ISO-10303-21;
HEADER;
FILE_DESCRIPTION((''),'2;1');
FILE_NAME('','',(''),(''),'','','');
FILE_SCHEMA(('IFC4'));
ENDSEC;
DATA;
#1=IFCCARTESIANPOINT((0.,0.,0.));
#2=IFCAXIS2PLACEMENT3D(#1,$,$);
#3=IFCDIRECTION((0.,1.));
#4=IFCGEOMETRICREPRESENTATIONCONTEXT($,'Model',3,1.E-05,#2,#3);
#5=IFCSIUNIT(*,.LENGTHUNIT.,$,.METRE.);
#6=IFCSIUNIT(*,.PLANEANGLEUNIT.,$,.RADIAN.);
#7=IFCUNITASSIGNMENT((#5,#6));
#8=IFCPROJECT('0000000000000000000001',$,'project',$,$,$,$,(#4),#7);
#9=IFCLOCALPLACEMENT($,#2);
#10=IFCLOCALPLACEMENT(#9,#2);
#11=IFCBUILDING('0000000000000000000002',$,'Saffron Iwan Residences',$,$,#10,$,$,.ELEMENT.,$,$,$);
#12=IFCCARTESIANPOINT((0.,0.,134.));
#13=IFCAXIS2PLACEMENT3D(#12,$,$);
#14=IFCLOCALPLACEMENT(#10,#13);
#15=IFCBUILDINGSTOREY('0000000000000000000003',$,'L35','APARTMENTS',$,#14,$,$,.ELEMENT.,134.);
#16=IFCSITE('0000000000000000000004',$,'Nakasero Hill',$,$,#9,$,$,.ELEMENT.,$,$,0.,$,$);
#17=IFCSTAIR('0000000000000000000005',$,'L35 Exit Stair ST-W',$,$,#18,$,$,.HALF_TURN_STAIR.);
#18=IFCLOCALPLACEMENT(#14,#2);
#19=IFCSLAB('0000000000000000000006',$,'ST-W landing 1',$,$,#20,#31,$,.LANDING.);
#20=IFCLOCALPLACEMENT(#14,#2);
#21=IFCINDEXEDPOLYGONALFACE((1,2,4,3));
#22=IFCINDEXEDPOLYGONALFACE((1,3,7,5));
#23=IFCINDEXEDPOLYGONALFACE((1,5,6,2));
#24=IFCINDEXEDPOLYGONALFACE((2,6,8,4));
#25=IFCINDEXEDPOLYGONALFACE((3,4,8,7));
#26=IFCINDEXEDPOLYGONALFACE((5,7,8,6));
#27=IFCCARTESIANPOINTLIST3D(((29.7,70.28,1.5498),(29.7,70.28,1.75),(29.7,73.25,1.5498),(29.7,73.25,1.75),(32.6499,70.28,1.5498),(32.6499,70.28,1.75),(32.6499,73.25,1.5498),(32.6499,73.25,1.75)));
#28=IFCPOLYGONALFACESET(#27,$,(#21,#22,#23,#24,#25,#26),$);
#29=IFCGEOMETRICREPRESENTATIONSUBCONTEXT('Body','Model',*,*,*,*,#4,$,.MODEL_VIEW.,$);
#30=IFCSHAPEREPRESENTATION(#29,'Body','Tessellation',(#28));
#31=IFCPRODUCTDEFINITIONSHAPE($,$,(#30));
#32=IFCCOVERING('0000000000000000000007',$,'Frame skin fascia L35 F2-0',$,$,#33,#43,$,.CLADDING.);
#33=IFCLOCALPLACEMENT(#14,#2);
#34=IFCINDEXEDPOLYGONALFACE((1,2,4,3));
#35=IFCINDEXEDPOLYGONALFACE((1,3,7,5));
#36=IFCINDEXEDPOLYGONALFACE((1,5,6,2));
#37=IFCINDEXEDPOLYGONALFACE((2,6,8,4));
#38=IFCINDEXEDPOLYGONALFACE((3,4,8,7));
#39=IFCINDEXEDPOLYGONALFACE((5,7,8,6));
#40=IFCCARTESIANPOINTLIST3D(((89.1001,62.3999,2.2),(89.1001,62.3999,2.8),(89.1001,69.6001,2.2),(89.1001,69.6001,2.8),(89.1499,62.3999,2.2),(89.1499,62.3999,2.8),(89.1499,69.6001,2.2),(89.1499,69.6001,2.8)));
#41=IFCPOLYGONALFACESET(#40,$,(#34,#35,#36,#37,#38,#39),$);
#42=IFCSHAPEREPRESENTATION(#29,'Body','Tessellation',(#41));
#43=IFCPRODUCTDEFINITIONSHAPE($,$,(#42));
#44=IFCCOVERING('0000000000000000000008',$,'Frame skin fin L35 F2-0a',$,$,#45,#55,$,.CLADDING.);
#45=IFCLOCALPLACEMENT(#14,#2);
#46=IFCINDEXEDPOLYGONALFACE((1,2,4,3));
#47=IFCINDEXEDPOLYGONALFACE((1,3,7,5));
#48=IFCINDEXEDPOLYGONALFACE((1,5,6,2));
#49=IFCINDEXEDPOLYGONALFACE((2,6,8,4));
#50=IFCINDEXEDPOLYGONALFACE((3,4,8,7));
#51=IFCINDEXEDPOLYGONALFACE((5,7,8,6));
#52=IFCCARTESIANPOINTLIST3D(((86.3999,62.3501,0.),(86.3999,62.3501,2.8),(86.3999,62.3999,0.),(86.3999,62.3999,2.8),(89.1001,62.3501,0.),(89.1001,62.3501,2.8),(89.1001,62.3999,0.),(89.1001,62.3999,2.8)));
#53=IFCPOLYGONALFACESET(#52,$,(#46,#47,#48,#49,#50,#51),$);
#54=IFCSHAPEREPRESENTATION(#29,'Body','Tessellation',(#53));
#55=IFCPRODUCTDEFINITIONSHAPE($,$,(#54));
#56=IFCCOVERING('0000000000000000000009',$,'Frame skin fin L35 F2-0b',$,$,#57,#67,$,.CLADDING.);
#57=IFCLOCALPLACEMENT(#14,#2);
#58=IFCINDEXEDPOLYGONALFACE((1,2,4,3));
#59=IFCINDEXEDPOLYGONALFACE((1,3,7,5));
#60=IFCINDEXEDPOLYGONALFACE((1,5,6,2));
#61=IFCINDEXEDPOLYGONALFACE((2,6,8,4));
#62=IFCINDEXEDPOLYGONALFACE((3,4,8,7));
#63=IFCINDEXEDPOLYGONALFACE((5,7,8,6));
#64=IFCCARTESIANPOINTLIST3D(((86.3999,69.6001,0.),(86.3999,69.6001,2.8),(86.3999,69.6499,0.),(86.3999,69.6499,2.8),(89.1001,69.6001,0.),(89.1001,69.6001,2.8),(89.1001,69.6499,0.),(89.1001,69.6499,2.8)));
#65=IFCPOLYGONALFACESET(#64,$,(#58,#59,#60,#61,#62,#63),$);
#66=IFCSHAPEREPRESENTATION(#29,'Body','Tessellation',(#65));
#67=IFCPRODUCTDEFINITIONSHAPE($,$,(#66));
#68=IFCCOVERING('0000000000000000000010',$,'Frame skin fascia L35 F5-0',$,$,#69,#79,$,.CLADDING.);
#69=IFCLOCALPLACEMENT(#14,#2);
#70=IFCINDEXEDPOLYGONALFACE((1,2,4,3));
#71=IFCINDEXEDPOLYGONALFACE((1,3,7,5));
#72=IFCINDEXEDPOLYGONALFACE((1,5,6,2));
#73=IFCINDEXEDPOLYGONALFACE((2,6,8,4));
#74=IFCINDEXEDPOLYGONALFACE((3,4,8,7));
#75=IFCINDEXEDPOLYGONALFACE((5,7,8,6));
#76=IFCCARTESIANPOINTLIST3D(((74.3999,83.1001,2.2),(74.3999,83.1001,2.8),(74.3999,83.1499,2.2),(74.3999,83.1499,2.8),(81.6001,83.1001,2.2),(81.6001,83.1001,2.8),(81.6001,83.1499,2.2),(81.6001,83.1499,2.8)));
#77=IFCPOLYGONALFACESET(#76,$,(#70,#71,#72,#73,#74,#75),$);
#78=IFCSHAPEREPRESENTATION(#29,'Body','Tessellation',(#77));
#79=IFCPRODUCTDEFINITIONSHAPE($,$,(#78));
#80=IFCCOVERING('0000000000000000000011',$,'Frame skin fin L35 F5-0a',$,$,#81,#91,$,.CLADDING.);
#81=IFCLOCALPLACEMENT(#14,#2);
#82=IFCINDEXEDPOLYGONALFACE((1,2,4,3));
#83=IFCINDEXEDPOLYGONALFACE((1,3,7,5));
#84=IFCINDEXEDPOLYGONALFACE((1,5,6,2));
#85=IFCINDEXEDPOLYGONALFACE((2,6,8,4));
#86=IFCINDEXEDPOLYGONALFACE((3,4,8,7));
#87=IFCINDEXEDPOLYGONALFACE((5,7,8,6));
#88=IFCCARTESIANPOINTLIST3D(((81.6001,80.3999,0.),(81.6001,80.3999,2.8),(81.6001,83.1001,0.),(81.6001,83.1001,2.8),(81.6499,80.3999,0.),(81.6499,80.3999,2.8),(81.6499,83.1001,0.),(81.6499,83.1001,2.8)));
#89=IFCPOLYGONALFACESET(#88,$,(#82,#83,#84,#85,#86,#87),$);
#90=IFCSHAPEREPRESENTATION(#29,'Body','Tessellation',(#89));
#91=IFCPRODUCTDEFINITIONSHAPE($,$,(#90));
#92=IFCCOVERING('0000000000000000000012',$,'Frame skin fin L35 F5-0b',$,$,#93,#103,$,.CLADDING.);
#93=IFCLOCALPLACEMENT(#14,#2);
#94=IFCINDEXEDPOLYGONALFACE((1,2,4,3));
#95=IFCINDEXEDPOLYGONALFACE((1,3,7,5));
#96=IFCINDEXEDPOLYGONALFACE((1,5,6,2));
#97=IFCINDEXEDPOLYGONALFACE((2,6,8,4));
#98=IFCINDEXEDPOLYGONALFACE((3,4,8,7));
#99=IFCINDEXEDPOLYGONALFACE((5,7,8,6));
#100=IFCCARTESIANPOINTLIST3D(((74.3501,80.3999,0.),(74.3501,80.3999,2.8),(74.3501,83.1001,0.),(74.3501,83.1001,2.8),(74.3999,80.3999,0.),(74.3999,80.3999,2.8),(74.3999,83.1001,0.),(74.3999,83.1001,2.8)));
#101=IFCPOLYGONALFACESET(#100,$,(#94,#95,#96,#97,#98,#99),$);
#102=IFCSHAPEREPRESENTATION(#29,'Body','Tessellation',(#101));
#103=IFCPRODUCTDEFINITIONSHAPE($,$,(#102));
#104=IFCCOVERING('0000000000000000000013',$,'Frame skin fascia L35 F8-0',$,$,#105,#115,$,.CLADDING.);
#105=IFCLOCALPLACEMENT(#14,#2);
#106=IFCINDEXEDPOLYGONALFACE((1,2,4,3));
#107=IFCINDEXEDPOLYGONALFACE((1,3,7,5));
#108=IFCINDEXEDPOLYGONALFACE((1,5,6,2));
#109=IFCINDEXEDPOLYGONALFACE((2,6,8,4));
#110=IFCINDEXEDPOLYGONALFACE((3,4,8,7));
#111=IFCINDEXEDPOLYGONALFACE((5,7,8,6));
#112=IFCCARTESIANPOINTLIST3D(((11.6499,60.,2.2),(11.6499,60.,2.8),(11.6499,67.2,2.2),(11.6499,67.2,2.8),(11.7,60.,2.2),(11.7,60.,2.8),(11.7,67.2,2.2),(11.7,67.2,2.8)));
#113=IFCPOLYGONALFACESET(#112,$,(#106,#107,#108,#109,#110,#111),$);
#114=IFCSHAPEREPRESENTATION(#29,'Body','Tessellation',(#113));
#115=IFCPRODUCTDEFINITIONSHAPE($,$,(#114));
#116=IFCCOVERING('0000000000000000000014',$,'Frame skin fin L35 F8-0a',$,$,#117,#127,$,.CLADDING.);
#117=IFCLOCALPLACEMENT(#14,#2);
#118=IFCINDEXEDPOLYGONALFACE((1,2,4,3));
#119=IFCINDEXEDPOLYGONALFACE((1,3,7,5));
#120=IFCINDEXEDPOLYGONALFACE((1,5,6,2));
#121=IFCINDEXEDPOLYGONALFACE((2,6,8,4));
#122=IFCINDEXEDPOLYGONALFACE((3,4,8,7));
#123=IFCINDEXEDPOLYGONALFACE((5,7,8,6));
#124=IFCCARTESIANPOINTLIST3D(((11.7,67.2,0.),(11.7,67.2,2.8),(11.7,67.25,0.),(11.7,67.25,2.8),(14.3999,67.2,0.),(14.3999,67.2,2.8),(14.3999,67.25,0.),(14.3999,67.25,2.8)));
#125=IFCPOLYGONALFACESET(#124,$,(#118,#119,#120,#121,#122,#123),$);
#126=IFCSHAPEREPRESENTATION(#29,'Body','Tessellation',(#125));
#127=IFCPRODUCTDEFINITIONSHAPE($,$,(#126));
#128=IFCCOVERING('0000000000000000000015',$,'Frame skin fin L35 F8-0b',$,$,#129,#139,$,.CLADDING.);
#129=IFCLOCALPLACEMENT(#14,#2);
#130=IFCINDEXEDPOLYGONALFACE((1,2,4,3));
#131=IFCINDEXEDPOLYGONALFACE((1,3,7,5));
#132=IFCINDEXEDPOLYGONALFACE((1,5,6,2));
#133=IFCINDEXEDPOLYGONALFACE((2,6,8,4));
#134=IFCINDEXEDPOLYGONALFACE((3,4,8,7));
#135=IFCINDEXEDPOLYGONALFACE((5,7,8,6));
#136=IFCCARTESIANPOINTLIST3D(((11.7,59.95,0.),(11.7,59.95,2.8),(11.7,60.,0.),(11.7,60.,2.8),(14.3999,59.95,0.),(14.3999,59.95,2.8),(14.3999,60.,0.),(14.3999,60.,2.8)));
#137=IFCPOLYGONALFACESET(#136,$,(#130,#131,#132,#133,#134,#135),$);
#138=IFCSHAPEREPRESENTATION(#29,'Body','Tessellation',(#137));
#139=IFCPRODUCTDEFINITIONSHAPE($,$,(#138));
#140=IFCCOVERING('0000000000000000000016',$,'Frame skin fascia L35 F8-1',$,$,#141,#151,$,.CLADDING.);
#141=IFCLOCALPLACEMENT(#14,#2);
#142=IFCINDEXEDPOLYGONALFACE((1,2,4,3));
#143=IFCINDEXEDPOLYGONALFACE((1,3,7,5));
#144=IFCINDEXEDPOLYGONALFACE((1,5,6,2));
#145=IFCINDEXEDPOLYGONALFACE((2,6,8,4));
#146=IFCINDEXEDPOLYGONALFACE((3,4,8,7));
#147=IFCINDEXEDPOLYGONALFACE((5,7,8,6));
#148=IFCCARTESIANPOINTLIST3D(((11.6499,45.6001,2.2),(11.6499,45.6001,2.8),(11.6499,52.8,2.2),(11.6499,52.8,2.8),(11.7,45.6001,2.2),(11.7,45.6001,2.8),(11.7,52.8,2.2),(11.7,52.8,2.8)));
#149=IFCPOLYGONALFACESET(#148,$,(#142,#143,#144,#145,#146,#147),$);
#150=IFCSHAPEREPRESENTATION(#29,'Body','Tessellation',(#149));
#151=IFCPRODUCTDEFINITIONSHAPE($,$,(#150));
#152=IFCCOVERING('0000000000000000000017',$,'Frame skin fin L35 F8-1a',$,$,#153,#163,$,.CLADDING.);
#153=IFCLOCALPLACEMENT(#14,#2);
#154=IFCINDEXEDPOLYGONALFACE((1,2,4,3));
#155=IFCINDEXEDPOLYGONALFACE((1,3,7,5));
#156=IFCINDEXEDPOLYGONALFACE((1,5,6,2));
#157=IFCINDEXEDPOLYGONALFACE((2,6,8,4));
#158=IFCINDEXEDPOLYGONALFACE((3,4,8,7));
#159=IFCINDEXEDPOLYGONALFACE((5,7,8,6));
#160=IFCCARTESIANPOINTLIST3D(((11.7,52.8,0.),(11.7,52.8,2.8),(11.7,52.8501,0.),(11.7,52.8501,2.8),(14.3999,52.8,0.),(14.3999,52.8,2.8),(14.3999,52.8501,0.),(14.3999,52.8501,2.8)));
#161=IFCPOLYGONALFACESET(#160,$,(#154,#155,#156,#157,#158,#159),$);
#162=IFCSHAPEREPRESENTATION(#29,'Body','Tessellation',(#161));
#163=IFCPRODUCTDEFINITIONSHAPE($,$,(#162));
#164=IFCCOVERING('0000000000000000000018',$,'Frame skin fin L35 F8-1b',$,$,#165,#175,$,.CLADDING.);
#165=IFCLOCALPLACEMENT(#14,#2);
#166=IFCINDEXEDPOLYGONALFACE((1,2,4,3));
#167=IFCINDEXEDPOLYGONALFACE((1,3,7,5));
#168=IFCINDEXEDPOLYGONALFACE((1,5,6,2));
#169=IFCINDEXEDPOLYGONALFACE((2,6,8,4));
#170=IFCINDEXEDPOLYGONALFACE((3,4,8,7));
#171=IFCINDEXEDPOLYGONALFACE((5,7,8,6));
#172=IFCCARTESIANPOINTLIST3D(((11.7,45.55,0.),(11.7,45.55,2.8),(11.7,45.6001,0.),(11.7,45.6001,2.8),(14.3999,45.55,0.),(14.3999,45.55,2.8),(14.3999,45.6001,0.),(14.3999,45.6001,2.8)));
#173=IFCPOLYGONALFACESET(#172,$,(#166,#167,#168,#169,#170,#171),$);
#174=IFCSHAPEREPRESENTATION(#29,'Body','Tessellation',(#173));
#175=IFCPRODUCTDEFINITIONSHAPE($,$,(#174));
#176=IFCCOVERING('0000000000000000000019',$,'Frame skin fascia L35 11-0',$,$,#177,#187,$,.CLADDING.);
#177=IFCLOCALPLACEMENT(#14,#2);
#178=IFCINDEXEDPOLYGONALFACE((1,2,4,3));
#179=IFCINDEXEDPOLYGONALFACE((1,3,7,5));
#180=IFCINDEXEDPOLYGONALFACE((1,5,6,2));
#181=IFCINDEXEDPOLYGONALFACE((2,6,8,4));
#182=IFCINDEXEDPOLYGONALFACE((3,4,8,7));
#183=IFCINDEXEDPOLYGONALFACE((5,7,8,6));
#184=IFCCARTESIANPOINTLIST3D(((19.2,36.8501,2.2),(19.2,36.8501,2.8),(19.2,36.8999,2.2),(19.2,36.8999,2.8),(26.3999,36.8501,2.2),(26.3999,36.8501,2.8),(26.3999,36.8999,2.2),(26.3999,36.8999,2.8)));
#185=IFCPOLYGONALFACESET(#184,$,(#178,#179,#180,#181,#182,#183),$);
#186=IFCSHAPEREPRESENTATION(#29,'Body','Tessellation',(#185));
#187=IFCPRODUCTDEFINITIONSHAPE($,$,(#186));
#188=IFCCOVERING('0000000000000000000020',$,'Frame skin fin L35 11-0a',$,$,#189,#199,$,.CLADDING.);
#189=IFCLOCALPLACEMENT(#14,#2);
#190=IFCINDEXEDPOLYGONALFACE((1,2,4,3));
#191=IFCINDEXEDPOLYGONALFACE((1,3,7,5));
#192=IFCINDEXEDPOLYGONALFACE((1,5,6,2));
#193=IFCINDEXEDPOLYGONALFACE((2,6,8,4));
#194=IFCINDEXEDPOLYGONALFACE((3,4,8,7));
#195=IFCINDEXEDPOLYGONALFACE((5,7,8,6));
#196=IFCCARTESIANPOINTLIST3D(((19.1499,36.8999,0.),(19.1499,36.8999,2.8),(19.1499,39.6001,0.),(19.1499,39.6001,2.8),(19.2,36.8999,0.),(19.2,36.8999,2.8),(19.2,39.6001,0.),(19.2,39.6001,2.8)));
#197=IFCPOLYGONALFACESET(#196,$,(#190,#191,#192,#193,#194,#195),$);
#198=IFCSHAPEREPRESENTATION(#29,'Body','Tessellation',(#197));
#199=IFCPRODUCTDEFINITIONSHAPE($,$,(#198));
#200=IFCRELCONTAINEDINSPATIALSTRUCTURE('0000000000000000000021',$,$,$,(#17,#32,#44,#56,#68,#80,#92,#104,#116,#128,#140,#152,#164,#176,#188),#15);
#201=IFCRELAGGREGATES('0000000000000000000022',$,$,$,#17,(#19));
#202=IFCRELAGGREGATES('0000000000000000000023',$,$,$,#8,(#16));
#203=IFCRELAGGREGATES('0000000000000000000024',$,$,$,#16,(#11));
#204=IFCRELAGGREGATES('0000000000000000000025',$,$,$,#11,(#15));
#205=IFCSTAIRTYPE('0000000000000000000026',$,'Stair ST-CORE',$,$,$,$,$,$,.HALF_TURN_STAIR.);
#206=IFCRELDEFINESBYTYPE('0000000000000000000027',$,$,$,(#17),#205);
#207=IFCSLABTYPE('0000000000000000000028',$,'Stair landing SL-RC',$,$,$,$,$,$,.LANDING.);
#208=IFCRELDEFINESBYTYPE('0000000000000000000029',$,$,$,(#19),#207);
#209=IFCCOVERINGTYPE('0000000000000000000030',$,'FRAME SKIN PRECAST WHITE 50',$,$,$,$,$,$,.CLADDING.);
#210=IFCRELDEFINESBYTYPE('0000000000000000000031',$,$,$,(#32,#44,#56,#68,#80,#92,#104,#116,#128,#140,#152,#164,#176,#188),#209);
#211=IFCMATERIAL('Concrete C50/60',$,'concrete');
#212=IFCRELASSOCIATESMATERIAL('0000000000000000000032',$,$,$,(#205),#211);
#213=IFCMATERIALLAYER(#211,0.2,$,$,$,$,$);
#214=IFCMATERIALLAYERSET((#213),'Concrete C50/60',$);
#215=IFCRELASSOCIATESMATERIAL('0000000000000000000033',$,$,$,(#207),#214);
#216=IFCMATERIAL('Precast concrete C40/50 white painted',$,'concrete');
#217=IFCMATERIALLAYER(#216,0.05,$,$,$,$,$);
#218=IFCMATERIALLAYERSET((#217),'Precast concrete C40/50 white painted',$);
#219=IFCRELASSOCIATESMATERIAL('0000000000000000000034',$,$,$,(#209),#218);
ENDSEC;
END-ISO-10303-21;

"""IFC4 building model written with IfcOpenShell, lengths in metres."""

from ifc_helpers import new_model, si_unit, direction, frame, origin, place, context, subcontext, project, spatial, polyline, outline, extrude, material, layer, layer_set, type_object, element, aggregate, save


model = new_model("IFC4")

# Units and contexts
model_context = context("Model", 3, precision=1e-05, world=origin(), true_north=direction((0.0, 1.0)))
body_context = subcontext(model_context, "Body", "Model", "MODEL_VIEW")
ifc_project = project(units=[si_unit("LENGTHUNIT", "METRE"), si_unit("PLANEANGLEUNIT", "RADIAN")], contexts=[model_context])

# Site, building, storey
site_placement = place(None, origin())
site = spatial("IfcSite", under=ifc_project, at=site_placement, Name="Nakasero Hill", CompositionType="ELEMENT", RefElevation=0.0)
building_placement = place(site_placement, origin())
building = spatial("IfcBuilding", under=site, at=building_placement, Name="Saffron Iwan Residences", CompositionType="ELEMENT")
storey_placement = place(building_placement, frame((0.0, 0.0, 134.0)))
storey = spatial("IfcBuildingStorey", under=building, at=storey_placement, Name="L35", Description="APARTMENTS", CompositionType="ELEMENT", Elevation=134.0)

# Stair, slab
ifc_material_1 = material(Name="Concrete C50/60", Category="concrete")
stair_type = type_object("IfcStairType", Name="Stair ST-CORE", PredefinedType="HALF_TURN_STAIR", material=ifc_material_1)
stair_placement = place(storey_placement, origin())
stair = element("IfcStair", 1, at=stair_placement, inside=storey, type_object=stair_type, Name="L35 Exit Stair ST-W", PredefinedType="HALF_TURN_STAIR")
ifc_layer_1 = layer(ifc_material_1, 0.2)
ifc_layer_set_1 = layer_set([ifc_layer_1], Name="Concrete C50/60")
slab_type = type_object("IfcSlabType", Name="Stair landing SL-RC", PredefinedType="LANDING", material=ifc_layer_set_1)
slab_placement = place(storey_placement, frame((0.0, 0.0, 1.5498)))
slab = element("IfcSlab", 2, at=slab_placement, type_object=slab_type, Name="ST-W landing 1", PredefinedType="LANDING", context=body_context, shape_type="SweptSolid", body=[
    extrude(outline(polyline([(32.6499, 70.28), (32.6499, 73.25), (29.7, 73.25), (29.7, 70.28), (32.6499, 70.28)])), origin(), (0.0, 0.0, 1.0), 0.2002),
])
aggregate(stair, [slab])

# Coverings
ifc_material_2 = material(Name="Precast concrete C40/50 white painted", Category="concrete")
ifc_layer_2 = layer(ifc_material_2, 0.05)
ifc_layer_set_2 = layer_set([ifc_layer_2], Name="Precast concrete C40/50 white painted")
covering_type_1 = type_object("IfcCoveringType", Name="FRAME SKIN PRECAST WHITE 50", PredefinedType="CLADDING", material=ifc_layer_set_2)
covering_1_placement = place(storey_placement, frame((0.0, 0.0, 2.2)))
element("IfcCovering", 3, at=covering_1_placement, inside=storey, type_object=covering_type_1, Name="Frame skin fascia L35 F2-0", PredefinedType="CLADDING", context=body_context, shape_type="SweptSolid", body=[
    extrude(outline(polyline([(89.1499, 62.3999), (89.1499, 69.6001), (89.1001, 69.6001), (89.1001, 62.3999), (89.1499, 62.3999)])), origin(), (0.0, 0.0, 1.0), 0.6001),
])
covering_2_placement = place(storey_placement, origin())
element("IfcCovering", 4, at=covering_2_placement, inside=storey, type_object=covering_type_1, Name="Frame skin fin L35 F2-0a", PredefinedType="CLADDING", context=body_context, shape_type="SweptSolid", body=[
    extrude(outline(polyline([(89.1001, 62.3501), (89.1001, 62.3999), (86.3999, 62.3999), (86.3999, 62.3501), (89.1001, 62.3501)])), origin(), (0.0, 0.0, 1.0), 2.8),
])
covering_3_placement = place(storey_placement, origin())
element("IfcCovering", 5, at=covering_3_placement, inside=storey, type_object=covering_type_1, Name="Frame skin fin L35 F2-0b", PredefinedType="CLADDING", context=body_context, shape_type="SweptSolid", body=[
    extrude(outline(polyline([(89.1001, 69.6001), (89.1001, 69.6499), (86.3999, 69.6499), (86.3999, 69.6001), (89.1001, 69.6001)])), origin(), (0.0, 0.0, 1.0), 2.8),
])
covering_4_placement = place(storey_placement, frame((0.0, 0.0, 2.2)))
element("IfcCovering", 6, at=covering_4_placement, inside=storey, type_object=covering_type_1, Name="Frame skin fascia L35 F5-0", PredefinedType="CLADDING", context=body_context, shape_type="SweptSolid", body=[
    extrude(outline(polyline([(81.6001, 83.1499), (74.3999, 83.1499), (74.3999, 83.1001), (81.6001, 83.1001), (81.6001, 83.1499)])), origin(), (0.0, 0.0, 1.0), 0.6001),
])
covering_5_placement = place(storey_placement, origin())
element("IfcCovering", 7, at=covering_5_placement, inside=storey, type_object=covering_type_1, Name="Frame skin fin L35 F5-0a", PredefinedType="CLADDING", context=body_context, shape_type="SweptSolid", body=[
    extrude(outline(polyline([(81.6499, 83.1001), (81.6001, 83.1001), (81.6001, 80.3999), (81.6499, 80.3999), (81.6499, 83.1001)])), origin(), (0.0, 0.0, 1.0), 2.8),
])
covering_6_placement = place(storey_placement, origin())
element("IfcCovering", 8, at=covering_6_placement, inside=storey, type_object=covering_type_1, Name="Frame skin fin L35 F5-0b", PredefinedType="CLADDING", context=body_context, shape_type="SweptSolid", body=[
    extrude(outline(polyline([(74.3999, 83.1001), (74.3501, 83.1001), (74.3501, 80.3999), (74.3999, 80.3999), (74.3999, 83.1001)])), origin(), (0.0, 0.0, 1.0), 2.8),
])
covering_7_placement = place(storey_placement, frame((0.0, 0.0, 2.2)))
element("IfcCovering", 9, at=covering_7_placement, inside=storey, type_object=covering_type_1, Name="Frame skin fascia L35 F8-0", PredefinedType="CLADDING", context=body_context, shape_type="SweptSolid", body=[
    extrude(outline(polyline([(11.6499, 67.2), (11.6499, 60.0), (11.7, 60.0), (11.7, 67.2), (11.6499, 67.2)])), origin(), (0.0, 0.0, 1.0), 0.6001),
])
covering_8_placement = place(storey_placement, origin())
element("IfcCovering", 10, at=covering_8_placement, inside=storey, type_object=covering_type_1, Name="Frame skin fin L35 F8-0a", PredefinedType="CLADDING", context=body_context, shape_type="SweptSolid", body=[
    extrude(outline(polyline([(11.7, 67.25), (11.7, 67.2), (14.3999, 67.2), (14.3999, 67.25), (11.7, 67.25)])), origin(), (0.0, 0.0, 1.0), 2.8),
])
covering_9_placement = place(storey_placement, origin())
element("IfcCovering", 11, at=covering_9_placement, inside=storey, type_object=covering_type_1, Name="Frame skin fin L35 F8-0b", PredefinedType="CLADDING", context=body_context, shape_type="SweptSolid", body=[
    extrude(outline(polyline([(11.7, 60.0), (11.7, 59.95), (14.3999, 59.95), (14.3999, 60.0), (11.7, 60.0)])), origin(), (0.0, 0.0, 1.0), 2.8),
])
covering_10_placement = place(storey_placement, frame((0.0, 0.0, 2.2)))
element("IfcCovering", 12, at=covering_10_placement, inside=storey, type_object=covering_type_1, Name="Frame skin fascia L35 F8-1", PredefinedType="CLADDING", context=body_context, shape_type="SweptSolid", body=[
    extrude(outline(polyline([(11.6499, 52.8), (11.6499, 45.6001), (11.7, 45.6001), (11.7, 52.8), (11.6499, 52.8)])), origin(), (0.0, 0.0, 1.0), 0.6001),
])
covering_11_placement = place(storey_placement, origin())
element("IfcCovering", 13, at=covering_11_placement, inside=storey, type_object=covering_type_1, Name="Frame skin fin L35 F8-1a", PredefinedType="CLADDING", context=body_context, shape_type="SweptSolid", body=[
    extrude(outline(polyline([(11.7, 52.8501), (11.7, 52.8), (14.3999, 52.8), (14.3999, 52.8501), (11.7, 52.8501)])), origin(), (0.0, 0.0, 1.0), 2.8),
])
covering_12_placement = place(storey_placement, origin())
element("IfcCovering", 14, at=covering_12_placement, inside=storey, type_object=covering_type_1, Name="Frame skin fin L35 F8-1b", PredefinedType="CLADDING", context=body_context, shape_type="SweptSolid", body=[
    extrude(outline(polyline([(11.7, 45.6001), (11.7, 45.55), (14.3999, 45.55), (14.3999, 45.6001), (11.7, 45.6001)])), origin(), (0.0, 0.0, 1.0), 2.8),
])
covering_13_placement = place(storey_placement, frame((0.0, 0.0, 2.2)))
element("IfcCovering", 15, at=covering_13_placement, inside=storey, type_object=covering_type_1, Name="Frame skin fascia L35 11-0", PredefinedType="CLADDING", context=body_context, shape_type="SweptSolid", body=[
    extrude(outline(polyline([(19.2, 36.8501), (26.3999, 36.8501), (26.3999, 36.8999), (19.2, 36.8999), (19.2, 36.8501)])), origin(), (0.0, 0.0, 1.0), 0.6001),
])
covering_14_placement = place(storey_placement, origin())
element("IfcCovering", 16, at=covering_14_placement, inside=storey, type_object=covering_type_1, Name="Frame skin fin L35 11-0a", PredefinedType="CLADDING", context=body_context, shape_type="SweptSolid", body=[
    extrude(outline(polyline([(19.1499, 36.8999), (19.2, 36.8999), (19.2, 39.6001), (19.1499, 39.6001), (19.1499, 36.8999)])), origin(), (0.0, 0.0, 1.0), 2.8),
])

save(model, "model.ifc")
